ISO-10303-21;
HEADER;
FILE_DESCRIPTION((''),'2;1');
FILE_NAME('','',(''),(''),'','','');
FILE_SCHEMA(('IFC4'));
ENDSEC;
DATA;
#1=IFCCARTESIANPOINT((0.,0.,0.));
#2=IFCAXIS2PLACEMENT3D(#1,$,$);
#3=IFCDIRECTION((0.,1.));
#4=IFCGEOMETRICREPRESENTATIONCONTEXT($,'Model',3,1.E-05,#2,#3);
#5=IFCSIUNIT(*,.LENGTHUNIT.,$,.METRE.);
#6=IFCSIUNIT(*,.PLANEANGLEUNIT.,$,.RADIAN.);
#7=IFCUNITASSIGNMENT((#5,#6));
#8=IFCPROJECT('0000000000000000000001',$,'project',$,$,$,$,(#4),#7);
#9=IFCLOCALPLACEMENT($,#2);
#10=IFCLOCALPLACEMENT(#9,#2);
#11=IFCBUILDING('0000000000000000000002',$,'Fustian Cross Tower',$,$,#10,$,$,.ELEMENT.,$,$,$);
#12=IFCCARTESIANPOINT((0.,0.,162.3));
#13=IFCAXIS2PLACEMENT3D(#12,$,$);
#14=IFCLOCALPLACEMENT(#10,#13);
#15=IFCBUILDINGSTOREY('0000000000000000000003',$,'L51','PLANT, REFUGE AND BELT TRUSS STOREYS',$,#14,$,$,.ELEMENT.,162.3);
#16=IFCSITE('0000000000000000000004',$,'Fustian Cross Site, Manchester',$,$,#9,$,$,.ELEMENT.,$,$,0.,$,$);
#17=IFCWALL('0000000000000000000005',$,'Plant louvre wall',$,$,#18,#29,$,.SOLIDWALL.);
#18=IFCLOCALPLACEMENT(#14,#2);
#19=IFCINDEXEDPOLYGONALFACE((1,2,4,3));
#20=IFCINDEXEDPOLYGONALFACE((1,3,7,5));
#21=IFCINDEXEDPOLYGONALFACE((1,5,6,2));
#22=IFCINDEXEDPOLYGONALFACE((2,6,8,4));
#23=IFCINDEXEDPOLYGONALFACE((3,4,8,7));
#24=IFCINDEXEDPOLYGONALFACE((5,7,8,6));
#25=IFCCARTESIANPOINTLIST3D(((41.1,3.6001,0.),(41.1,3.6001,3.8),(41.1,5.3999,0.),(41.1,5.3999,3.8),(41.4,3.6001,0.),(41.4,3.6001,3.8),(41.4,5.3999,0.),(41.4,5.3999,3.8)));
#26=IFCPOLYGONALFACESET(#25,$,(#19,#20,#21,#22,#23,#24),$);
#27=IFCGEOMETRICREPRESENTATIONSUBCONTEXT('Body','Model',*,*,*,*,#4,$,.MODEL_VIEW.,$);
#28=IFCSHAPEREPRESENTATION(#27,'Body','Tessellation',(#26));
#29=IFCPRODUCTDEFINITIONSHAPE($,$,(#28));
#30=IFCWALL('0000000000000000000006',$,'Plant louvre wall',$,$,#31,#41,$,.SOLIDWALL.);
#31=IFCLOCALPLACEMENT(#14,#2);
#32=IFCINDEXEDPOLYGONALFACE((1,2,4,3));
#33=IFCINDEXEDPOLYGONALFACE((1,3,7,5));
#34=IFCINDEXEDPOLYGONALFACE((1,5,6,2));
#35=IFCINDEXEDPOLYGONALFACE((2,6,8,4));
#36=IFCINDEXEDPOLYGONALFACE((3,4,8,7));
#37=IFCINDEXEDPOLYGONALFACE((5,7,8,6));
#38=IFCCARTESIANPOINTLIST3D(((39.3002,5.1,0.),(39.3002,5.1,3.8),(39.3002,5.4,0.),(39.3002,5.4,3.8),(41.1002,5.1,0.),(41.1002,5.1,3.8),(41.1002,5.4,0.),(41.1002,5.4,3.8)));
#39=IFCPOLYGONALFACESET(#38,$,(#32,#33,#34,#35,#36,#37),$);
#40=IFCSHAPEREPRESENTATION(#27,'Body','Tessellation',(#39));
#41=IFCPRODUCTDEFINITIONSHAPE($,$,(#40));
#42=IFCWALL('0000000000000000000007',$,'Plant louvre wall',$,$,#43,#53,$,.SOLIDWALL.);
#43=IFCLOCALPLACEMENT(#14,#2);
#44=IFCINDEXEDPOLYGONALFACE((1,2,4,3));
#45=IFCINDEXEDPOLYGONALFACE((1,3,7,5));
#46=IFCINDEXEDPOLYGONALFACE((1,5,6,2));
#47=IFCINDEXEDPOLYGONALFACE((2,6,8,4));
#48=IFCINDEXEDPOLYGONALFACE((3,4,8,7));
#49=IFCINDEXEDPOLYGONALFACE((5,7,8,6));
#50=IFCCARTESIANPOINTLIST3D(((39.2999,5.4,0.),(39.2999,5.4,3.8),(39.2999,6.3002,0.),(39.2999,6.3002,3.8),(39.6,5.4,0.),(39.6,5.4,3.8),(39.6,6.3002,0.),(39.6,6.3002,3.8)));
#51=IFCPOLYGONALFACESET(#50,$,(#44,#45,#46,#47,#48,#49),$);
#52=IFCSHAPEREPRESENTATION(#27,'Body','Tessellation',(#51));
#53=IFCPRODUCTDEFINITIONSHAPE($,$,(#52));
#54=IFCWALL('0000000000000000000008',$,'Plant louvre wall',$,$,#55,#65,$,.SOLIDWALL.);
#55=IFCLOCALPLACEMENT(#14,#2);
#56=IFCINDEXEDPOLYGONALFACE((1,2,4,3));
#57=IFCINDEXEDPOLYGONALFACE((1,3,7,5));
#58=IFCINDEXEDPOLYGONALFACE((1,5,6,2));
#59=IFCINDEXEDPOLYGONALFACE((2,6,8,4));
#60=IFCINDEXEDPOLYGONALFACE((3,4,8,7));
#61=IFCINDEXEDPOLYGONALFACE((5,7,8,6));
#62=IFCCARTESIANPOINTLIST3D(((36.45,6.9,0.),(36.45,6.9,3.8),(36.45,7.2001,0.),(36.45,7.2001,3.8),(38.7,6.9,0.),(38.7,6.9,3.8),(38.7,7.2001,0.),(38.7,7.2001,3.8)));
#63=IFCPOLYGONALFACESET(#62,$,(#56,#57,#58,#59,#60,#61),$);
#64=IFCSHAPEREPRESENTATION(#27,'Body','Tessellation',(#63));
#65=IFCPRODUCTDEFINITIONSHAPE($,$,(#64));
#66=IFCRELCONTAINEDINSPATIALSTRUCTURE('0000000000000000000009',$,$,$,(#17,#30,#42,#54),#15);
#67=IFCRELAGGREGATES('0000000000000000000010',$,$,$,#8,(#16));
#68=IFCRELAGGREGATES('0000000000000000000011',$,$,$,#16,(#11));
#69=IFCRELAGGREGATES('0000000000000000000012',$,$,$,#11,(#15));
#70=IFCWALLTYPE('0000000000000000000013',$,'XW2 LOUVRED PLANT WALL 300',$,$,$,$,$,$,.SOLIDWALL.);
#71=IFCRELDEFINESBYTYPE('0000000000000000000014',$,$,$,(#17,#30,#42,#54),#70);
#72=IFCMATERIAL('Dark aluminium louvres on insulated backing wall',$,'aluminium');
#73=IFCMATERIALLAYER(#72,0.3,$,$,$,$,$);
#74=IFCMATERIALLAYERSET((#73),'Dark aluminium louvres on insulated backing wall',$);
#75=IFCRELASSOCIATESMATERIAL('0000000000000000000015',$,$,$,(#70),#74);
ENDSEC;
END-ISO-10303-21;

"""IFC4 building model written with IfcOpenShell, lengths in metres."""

from ifc_helpers import new_model, si_unit, direction, frame, frame_2d, origin, place, context, subcontext, project, spatial, rectangle, extrude, material, layer, layer_set, type_object, element, save


model = new_model("IFC4")

# Units and contexts
model_context = context("Model", 3, precision=1e-05, world=origin(), true_north=direction((0.0, 1.0)))
body_context = subcontext(model_context, "Body", "Model", "MODEL_VIEW")
ifc_project = project(units=[si_unit("LENGTHUNIT", "METRE"), si_unit("PLANEANGLEUNIT", "RADIAN")], contexts=[model_context])

# Site, building, storey
site_placement = place(None, origin())
site = spatial("IfcSite", under=ifc_project, at=site_placement, Name="Fustian Cross Site, Manchester", CompositionType="ELEMENT", RefElevation=0.0)
building_placement = place(site_placement, origin())
building = spatial("IfcBuilding", under=site, at=building_placement, Name="Fustian Cross Tower", CompositionType="ELEMENT")
storey_placement = place(building_placement, frame((0.0, 0.0, 162.3)))
storey = spatial("IfcBuildingStorey", under=building, at=storey_placement, Name="L51", Description="PLANT, REFUGE AND BELT TRUSS STOREYS", CompositionType="ELEMENT", Elevation=162.3)

# Walls
ifc_material_1 = material(Name="Dark aluminium louvres on insulated backing wall", Category="aluminium")
ifc_layer_1 = layer(ifc_material_1, 0.3)
ifc_layer_set_1 = layer_set([ifc_layer_1], Name="Dark aluminium louvres on insulated backing wall")
wall_type_1 = type_object("IfcWallType", Name="XW2 LOUVRED PLANT WALL 300", PredefinedType="SOLIDWALL", material=ifc_layer_set_1)
wall_1_placement = place(storey_placement, frame((41.25, 3.6001, 0.0), z_axis=(0.0, 0.0, 1.0), x_axis=(0.0, 1.0, 0.0)))
element("IfcWall", 1, at=wall_1_placement, inside=storey, type_object=wall_type_1, Name="Plant louvre wall", PredefinedType="SOLIDWALL", context=body_context, shape_type="SweptSolid", body=[
    extrude(rectangle(XDim=1.7998, YDim=0.3, at=frame_2d((0.8999, 0.0))), origin(), (0.0, 0.0, 1.0), 3.8),
])
wall_2_placement = place(storey_placement, frame((41.1001, 5.25, 0.0), z_axis=(0.0, 0.0, 1.0), x_axis=(-1.0, 0.0, 0.0)))
element("IfcWall", 2, at=wall_2_placement, inside=storey, type_object=wall_type_1, Name="Plant louvre wall", PredefinedType="SOLIDWALL", context=body_context, shape_type="SweptSolid", body=[
    extrude(rectangle(XDim=1.8, YDim=0.3, at=frame_2d((0.8999, 0.0))), origin(), (0.0, 0.0, 1.0), 3.8),
])
wall_3_placement = place(storey_placement, frame((39.45, 5.3999, 0.0), z_axis=(0.0, 0.0, 1.0), x_axis=(0.0, 1.0, 0.0)))
element("IfcWall", 3, at=wall_3_placement, inside=storey, type_object=wall_type_1, Name="Plant louvre wall", PredefinedType="SOLIDWALL", context=body_context, shape_type="SweptSolid", body=[
    extrude(rectangle(XDim=0.9001, YDim=0.3, at=frame_2d((0.4502, 0.0))), origin(), (0.0, 0.0, 1.0), 3.8),
])
wall_4_placement = place(storey_placement, frame((38.7, 7.05, 0.0), z_axis=(0.0, 0.0, 1.0), x_axis=(-1.0, 0.0, 0.0)))
element("IfcWall", 4, at=wall_4_placement, inside=storey, type_object=wall_type_1, Name="Plant louvre wall", PredefinedType="SOLIDWALL", context=body_context, shape_type="SweptSolid", body=[
    extrude(rectangle(XDim=2.25, YDim=0.3, at=frame_2d((1.125, 0.0))), origin(), (0.0, 0.0, 1.0), 3.8),
])

save(model, "model.ifc")
